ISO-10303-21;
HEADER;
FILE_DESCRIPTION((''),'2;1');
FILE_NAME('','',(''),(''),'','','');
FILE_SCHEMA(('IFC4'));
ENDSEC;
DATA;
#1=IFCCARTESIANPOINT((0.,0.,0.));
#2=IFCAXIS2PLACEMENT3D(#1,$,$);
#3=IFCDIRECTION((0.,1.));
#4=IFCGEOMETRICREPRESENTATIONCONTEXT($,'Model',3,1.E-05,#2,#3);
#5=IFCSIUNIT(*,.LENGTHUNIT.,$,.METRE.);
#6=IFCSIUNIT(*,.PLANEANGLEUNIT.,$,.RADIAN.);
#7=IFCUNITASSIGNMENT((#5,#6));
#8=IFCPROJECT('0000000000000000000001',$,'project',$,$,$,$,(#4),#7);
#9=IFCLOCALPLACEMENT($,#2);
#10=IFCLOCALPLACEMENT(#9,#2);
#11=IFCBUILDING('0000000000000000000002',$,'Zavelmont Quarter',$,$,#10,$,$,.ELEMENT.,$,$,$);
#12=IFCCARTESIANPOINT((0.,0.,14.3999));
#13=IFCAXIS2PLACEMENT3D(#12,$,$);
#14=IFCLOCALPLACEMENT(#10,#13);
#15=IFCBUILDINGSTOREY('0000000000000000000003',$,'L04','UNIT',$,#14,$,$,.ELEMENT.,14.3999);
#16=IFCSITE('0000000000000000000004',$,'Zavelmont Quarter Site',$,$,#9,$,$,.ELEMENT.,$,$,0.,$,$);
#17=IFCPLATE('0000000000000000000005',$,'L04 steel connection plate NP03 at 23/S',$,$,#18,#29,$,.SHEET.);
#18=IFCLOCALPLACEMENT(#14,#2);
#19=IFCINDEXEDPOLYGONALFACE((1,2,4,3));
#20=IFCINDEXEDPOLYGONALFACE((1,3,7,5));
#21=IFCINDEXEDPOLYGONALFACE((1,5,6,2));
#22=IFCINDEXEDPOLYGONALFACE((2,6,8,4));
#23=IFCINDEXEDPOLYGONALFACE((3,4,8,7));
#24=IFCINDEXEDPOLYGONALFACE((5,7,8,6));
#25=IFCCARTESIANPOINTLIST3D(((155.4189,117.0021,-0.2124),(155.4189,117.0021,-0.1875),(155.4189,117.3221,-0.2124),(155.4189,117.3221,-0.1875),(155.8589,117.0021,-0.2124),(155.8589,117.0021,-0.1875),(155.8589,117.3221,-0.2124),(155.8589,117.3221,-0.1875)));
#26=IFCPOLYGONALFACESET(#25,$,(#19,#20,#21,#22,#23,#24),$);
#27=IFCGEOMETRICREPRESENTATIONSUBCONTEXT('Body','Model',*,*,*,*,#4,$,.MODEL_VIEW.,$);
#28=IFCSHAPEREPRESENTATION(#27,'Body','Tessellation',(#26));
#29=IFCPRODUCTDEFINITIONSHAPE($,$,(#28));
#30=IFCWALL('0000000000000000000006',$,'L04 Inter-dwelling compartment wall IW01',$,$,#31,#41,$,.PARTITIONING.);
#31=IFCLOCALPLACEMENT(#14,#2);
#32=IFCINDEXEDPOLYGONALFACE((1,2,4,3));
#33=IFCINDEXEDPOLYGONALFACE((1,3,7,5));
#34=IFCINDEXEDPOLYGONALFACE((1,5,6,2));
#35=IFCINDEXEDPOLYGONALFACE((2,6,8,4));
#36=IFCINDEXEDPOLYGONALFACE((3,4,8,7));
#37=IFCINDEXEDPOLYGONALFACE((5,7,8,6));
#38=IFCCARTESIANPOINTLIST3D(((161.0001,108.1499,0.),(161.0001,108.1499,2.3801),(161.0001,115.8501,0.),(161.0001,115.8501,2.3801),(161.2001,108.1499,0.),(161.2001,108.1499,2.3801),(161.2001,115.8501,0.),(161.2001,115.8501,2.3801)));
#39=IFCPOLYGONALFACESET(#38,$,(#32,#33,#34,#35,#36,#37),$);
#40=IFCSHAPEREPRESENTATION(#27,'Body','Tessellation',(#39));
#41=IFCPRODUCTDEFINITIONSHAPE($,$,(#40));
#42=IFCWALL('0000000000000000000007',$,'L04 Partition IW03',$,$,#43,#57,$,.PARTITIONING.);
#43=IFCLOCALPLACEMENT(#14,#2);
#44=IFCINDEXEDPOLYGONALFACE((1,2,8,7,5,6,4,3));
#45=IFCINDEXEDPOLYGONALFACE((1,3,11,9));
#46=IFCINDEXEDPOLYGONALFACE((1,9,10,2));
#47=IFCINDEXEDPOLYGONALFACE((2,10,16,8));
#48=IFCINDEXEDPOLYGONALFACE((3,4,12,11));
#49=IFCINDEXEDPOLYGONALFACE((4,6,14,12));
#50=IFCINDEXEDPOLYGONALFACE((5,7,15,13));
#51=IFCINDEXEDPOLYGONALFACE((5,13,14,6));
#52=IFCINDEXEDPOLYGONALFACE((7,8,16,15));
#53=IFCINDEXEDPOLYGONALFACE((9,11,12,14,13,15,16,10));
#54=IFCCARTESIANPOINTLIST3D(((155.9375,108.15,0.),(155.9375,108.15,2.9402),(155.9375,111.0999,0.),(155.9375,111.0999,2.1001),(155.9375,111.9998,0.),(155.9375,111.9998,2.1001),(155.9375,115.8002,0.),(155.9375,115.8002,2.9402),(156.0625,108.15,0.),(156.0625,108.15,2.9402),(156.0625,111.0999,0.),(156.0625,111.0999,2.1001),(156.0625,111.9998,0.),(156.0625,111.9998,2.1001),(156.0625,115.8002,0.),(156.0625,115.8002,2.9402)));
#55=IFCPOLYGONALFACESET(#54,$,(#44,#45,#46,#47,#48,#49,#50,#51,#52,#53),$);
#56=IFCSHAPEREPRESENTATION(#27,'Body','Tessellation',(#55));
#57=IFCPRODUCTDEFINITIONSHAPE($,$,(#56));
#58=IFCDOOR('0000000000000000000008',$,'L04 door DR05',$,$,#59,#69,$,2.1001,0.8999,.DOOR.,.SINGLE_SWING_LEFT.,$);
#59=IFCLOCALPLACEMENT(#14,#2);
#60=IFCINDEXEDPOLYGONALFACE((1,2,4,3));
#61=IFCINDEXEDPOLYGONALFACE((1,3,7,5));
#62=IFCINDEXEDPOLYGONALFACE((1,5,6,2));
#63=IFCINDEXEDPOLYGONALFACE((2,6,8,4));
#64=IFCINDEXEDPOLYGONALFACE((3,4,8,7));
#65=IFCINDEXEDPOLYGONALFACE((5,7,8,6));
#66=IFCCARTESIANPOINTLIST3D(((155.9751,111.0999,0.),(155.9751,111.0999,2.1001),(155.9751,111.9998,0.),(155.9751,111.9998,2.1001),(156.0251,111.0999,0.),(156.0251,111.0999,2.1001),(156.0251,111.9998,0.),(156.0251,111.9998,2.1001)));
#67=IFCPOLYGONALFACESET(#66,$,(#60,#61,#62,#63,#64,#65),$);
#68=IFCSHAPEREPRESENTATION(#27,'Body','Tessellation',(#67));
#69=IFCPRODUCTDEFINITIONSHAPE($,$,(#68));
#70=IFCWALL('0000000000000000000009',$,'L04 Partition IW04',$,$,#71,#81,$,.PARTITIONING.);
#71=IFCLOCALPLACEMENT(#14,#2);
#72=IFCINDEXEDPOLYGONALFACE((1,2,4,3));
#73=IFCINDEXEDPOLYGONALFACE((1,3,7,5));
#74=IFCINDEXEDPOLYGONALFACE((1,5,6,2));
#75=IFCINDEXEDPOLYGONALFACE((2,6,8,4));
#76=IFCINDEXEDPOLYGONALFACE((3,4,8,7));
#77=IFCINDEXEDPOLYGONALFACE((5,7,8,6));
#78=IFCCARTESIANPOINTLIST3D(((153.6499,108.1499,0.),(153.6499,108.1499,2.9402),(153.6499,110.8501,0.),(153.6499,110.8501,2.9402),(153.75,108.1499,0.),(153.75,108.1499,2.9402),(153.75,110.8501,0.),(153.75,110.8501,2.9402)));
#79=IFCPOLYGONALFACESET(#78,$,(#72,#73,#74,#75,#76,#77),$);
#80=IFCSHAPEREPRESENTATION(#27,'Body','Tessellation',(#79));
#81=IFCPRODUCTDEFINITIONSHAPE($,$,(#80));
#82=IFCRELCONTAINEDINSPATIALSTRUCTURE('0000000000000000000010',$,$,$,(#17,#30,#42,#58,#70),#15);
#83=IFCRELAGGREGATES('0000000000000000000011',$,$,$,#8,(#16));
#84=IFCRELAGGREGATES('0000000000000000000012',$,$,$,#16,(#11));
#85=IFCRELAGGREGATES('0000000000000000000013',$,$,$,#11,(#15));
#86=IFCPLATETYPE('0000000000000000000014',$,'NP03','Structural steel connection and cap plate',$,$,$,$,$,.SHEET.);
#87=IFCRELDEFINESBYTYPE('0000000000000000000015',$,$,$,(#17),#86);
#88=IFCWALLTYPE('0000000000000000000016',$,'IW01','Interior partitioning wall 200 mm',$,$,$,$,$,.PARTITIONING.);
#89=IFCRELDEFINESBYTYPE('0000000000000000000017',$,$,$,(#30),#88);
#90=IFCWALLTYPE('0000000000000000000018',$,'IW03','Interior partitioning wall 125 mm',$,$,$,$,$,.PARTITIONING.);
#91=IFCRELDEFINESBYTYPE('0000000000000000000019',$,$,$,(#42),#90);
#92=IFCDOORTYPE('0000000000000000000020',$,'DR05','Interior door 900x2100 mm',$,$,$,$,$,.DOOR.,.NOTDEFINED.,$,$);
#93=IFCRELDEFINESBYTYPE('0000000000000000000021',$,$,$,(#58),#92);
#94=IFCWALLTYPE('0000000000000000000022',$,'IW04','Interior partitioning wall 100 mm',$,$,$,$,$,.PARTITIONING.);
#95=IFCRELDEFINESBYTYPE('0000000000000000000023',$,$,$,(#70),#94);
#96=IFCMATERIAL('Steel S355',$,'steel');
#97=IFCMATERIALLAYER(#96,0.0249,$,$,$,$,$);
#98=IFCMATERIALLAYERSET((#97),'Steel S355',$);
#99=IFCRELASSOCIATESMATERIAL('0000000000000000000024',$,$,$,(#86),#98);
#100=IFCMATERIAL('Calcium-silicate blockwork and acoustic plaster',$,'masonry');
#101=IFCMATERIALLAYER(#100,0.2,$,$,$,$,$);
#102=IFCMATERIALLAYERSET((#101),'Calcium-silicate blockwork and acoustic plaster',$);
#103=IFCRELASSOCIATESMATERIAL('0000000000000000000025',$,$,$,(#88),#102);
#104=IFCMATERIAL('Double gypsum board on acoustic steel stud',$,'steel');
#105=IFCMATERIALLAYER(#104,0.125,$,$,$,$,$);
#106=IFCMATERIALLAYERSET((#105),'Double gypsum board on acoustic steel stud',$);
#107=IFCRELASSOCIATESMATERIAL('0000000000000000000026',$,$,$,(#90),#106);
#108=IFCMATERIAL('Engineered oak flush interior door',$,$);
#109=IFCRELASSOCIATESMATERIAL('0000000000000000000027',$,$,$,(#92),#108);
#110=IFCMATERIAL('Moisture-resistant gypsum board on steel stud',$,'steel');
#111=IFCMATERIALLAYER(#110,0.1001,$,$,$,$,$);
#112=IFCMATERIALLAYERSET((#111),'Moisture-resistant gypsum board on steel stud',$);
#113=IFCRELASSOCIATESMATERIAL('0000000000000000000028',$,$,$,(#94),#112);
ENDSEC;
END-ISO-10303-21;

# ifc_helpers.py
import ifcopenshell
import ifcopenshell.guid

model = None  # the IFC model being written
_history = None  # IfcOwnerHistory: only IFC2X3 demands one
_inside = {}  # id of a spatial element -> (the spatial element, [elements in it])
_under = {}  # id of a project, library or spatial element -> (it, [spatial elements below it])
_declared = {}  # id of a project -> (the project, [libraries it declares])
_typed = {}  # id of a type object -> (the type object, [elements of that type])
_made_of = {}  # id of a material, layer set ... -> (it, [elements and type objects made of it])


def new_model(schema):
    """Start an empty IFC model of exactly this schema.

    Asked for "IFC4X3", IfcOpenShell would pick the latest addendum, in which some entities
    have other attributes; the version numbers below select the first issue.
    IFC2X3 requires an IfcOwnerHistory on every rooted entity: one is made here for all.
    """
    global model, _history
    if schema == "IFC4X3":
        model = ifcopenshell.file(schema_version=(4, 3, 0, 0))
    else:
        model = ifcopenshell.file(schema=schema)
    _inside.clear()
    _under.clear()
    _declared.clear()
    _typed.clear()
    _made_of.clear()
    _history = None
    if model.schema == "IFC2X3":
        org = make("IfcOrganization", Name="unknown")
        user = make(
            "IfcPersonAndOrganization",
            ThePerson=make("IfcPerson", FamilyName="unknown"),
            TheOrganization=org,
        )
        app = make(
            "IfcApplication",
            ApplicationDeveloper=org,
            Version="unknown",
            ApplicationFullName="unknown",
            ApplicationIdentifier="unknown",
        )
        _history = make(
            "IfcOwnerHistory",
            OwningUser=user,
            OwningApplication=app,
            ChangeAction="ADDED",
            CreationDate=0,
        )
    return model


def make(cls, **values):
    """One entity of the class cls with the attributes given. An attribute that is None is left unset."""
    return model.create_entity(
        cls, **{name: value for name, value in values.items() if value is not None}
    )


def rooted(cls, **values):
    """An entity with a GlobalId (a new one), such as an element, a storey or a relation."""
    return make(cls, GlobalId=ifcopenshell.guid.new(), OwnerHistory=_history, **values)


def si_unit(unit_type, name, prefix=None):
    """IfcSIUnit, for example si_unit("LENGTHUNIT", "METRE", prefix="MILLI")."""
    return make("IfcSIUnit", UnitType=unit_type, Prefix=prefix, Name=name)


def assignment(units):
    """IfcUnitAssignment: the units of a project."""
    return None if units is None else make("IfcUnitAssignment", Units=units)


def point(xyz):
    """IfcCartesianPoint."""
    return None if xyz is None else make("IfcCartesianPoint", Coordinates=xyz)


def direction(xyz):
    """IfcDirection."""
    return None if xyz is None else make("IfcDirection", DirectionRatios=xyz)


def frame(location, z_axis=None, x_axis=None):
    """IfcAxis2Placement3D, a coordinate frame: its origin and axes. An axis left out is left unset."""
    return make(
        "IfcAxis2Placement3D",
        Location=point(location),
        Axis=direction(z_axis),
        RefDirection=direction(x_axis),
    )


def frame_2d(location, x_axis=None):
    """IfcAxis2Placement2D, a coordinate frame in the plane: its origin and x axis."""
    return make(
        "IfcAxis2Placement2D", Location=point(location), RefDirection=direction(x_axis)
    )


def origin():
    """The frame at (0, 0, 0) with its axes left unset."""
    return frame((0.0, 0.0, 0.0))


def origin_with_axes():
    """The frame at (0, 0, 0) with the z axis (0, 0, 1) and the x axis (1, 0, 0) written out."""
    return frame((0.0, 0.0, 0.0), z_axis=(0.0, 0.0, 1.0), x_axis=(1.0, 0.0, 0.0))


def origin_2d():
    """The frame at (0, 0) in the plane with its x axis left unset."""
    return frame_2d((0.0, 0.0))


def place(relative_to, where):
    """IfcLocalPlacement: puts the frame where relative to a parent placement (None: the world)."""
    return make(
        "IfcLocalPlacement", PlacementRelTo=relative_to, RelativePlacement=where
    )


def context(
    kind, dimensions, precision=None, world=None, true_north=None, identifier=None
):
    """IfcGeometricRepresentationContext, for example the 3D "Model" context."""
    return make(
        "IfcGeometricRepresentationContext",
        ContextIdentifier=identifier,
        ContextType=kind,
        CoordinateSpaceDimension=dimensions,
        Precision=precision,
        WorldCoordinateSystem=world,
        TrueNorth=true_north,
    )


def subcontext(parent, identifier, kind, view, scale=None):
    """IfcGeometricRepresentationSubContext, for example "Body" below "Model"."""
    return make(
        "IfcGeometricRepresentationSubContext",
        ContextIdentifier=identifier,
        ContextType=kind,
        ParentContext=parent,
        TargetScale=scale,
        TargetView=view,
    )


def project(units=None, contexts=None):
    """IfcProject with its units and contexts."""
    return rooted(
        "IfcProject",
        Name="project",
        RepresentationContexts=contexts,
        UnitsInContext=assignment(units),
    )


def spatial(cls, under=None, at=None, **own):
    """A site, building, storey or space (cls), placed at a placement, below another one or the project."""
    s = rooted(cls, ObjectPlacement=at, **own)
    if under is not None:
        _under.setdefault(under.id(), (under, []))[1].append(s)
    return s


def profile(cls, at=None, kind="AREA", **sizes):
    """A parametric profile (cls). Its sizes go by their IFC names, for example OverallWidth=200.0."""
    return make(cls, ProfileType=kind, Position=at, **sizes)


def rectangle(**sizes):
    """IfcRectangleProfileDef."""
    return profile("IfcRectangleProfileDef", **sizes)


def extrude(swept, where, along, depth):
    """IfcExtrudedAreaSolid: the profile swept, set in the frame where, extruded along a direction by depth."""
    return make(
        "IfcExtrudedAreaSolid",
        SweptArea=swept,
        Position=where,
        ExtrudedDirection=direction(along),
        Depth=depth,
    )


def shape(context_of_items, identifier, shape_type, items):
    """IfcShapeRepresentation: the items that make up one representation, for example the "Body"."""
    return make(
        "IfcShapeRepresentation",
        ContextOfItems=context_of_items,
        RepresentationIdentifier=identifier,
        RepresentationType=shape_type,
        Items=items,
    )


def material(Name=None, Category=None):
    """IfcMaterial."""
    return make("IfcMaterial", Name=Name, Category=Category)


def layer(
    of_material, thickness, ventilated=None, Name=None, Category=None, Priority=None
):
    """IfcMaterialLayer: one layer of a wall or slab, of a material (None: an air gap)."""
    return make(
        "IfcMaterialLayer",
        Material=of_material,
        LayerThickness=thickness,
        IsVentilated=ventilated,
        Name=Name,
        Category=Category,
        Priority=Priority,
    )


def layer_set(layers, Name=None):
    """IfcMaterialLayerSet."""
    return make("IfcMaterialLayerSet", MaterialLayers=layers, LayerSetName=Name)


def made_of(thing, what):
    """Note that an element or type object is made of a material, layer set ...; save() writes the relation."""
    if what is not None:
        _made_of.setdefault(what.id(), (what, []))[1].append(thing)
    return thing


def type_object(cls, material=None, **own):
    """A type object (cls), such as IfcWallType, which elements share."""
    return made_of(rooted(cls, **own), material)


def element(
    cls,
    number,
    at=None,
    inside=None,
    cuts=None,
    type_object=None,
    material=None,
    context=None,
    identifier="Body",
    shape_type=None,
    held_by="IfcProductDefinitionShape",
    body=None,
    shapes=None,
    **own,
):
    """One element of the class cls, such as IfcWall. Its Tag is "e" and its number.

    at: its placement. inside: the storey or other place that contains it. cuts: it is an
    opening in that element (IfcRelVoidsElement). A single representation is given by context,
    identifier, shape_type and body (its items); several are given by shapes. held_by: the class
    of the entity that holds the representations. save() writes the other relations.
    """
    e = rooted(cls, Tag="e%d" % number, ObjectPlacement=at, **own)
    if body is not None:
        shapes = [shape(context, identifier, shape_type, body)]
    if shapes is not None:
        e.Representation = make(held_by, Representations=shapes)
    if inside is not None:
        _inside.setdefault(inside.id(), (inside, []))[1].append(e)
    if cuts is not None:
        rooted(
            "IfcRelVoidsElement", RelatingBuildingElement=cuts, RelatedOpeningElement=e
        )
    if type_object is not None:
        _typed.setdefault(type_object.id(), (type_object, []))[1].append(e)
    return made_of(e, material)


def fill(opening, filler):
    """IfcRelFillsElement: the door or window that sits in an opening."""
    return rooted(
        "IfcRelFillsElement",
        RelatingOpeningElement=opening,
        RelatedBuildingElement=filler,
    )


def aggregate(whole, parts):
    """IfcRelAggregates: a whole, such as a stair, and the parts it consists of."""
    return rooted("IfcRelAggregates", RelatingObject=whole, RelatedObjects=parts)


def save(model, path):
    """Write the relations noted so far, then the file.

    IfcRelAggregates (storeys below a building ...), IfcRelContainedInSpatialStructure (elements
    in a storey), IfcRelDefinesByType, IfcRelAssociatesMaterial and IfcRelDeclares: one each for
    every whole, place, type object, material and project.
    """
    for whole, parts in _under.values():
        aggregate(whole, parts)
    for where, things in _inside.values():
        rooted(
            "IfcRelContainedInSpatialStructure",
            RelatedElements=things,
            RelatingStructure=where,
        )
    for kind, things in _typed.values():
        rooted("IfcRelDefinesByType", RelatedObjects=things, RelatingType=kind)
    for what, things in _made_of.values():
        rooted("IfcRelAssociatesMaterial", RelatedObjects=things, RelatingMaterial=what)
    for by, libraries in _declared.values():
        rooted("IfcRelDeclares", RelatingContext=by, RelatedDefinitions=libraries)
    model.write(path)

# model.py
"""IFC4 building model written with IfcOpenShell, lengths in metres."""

from ifc_helpers import new_model, si_unit, direction, frame, frame_2d, origin, origin_with_axes, origin_2d, place, context, subcontext, project, spatial, rectangle, extrude, material, layer, layer_set, type_object, element, fill, save


model = new_model("IFC4")

# Units and contexts
model_context = context("Model", 3, precision=1e-05, world=origin(), true_north=direction((0.0, 1.0)))
body_context = subcontext(model_context, "Body", "Model", "MODEL_VIEW")
ifc_project = project(units=[si_unit("LENGTHUNIT", "METRE"), si_unit("PLANEANGLEUNIT", "RADIAN")], contexts=[model_context])

# Site, building, storey
site_placement = place(None, origin())
site = spatial("IfcSite", under=ifc_project, at=site_placement, Name="Zavelmont Quarter Site", CompositionType="ELEMENT", RefElevation=0.0)
building_placement = place(site_placement, origin())
building = spatial("IfcBuilding", under=site, at=building_placement, Name="Zavelmont Quarter", CompositionType="ELEMENT")
storey_placement = place(building_placement, frame((0.0, 0.0, 14.3999)))
storey = spatial("IfcBuildingStorey", under=building, at=storey_placement, Name="L04", Description="UNIT", CompositionType="ELEMENT", Elevation=14.3999)

# Shared definitions
ifc_material_1 = material(Name="Steel S355", Category="steel")

# Plate
ifc_layer_1 = layer(ifc_material_1, 0.0249)
ifc_layer_set_1 = layer_set([ifc_layer_1], Name="Steel S355")
plate_type_1 = type_object("IfcPlateType", Name="NP03", Description="Structural steel connection and cap plate", PredefinedType="SHEET", material=ifc_layer_set_1)
plate_1_placement = place(storey_placement, frame((155.6389, 117.1621, -0.2124), z_axis=(0.0, 0.0, 1.0), x_axis=(1.0, 0.0, 0.0)))
element("IfcPlate", 1, at=plate_1_placement, inside=storey, type_object=plate_type_1, Name="L04 steel connection plate NP03 at 23/S", PredefinedType="SHEET", context=body_context, shape_type="SweptSolid", body=[
    extrude(rectangle(XDim=0.4399, YDim=0.3201, at=origin_2d()), origin(), (0.0, 0.0, 1.0), 0.0249),
])

# Wall
ifc_material_2 = material(Name="Calcium-silicate blockwork and acoustic plaster", Category="masonry")
ifc_layer_2 = layer(ifc_material_2, 0.2)
ifc_layer_set_2 = layer_set([ifc_layer_2], Name="Calcium-silicate blockwork and acoustic plaster")
wall_type_1 = type_object("IfcWallType", Name="IW01", Description="Interior partitioning wall 200 mm", PredefinedType="PARTITIONING", material=ifc_layer_set_2)
wall_1_placement = place(storey_placement, frame((161.1001, 108.1499, 0.0), z_axis=(0.0, 0.0, 1.0), x_axis=(0.0, 1.0, 0.0)))
element("IfcWall", 2, at=wall_1_placement, inside=storey, type_object=wall_type_1, Name="L04 Inter-dwelling compartment wall IW01", PredefinedType="PARTITIONING", context=body_context, shape_type="SweptSolid", body=[
    extrude(rectangle(XDim=7.7002, YDim=0.2, at=frame_2d((3.8501, 0.0))), origin(), (0.0, 0.0, 1.0), 2.3801),
])

# Wall, opening, door
ifc_material_3 = material(Name="Double gypsum board on acoustic steel stud", Category="steel")
ifc_layer_3 = layer(ifc_material_3, 0.125)
ifc_layer_set_3 = layer_set([ifc_layer_3], Name="Double gypsum board on acoustic steel stud")
wall_type_2 = type_object("IfcWallType", Name="IW03", Description="Interior partitioning wall 125 mm", PredefinedType="PARTITIONING", material=ifc_layer_set_3)
wall_2_placement = place(storey_placement, frame((156.0, 108.1499, 0.0), z_axis=(0.0, 0.0, 1.0), x_axis=(0.0, 1.0, 0.0)))
wall_2 = element("IfcWall", 3, at=wall_2_placement, inside=storey, type_object=wall_type_2, Name="L04 Partition IW03", PredefinedType="PARTITIONING", context=body_context, shape_type="SweptSolid", body=[
    extrude(rectangle(XDim=7.6501, YDim=0.125, at=frame_2d((3.8252, 0.0))), origin(), (0.0, 0.0, 1.0), 2.9402),
])
opening_1_placement = place(wall_2_placement, frame((2.95, 0.0, 0.0)))
opening_1 = element("IfcOpeningElement", 4, at=opening_1_placement, cuts=wall_2, PredefinedType="OPENING", context=body_context, shape_type="SweptSolid", body=[
    extrude(rectangle(XDim=0.8999, YDim=2.1001, at=frame_2d((0.45, 1.05))), frame((0.0, 0.0745, 0.0), z_axis=(0.0, -1.0, 0.0), x_axis=(1.0, 0.0, 0.0)), (0.0, 0.0, 1.0), 0.1489),
])
ifc_material_4 = material(Name="Engineered oak flush interior door")
door_type_1 = type_object("IfcDoorType", Name="DR05", Description="Interior door 900x2100 mm", OperationType="NOTDEFINED", PredefinedType="DOOR", material=ifc_material_4)
door_1_placement = place(opening_1_placement, origin_with_axes())
door_1 = element("IfcDoor", 5, at=door_1_placement, inside=storey, type_object=door_type_1, Name="L04 door DR05", OperationType="SINGLE_SWING_LEFT", OverallHeight=2.1001, OverallWidth=0.8999, PredefinedType="DOOR", context=body_context, shape_type="SweptSolid", body=[
    extrude(rectangle(XDim=0.8999, YDim=2.1001, at=frame_2d((0.45, 1.05))), frame((0.0, 0.0249, 0.0), z_axis=(0.0, -1.0, 0.0), x_axis=(1.0, 0.0, 0.0)), (0.0, 0.0, 1.0), 0.05),
])
fill(opening_1, door_1)

# Wall
ifc_material_5 = material(Name="Moisture-resistant gypsum board on steel stud", Category="steel")
ifc_layer_4 = layer(ifc_material_5, 0.1001)
ifc_layer_set_4 = layer_set([ifc_layer_4], Name="Moisture-resistant gypsum board on steel stud")
wall_type_3 = type_object("IfcWallType", Name="IW04", Description="Interior partitioning wall 100 mm", PredefinedType="PARTITIONING", material=ifc_layer_set_4)
wall_3_placement = place(storey_placement, frame((153.7, 108.1499, 0.0), z_axis=(0.0, 0.0, 1.0), x_axis=(0.0, 1.0, 0.0)))
element("IfcWall", 6, at=wall_3_placement, inside=storey, type_object=wall_type_3, Name="L04 Partition IW04", PredefinedType="PARTITIONING", context=body_context, shape_type="SweptSolid", body=[
    extrude(rectangle(XDim=2.7002, YDim=0.1001, at=frame_2d((1.3501, 0.0))), origin(), (0.0, 0.0, 1.0), 2.9402),
])

save(model, "model.ifc")
